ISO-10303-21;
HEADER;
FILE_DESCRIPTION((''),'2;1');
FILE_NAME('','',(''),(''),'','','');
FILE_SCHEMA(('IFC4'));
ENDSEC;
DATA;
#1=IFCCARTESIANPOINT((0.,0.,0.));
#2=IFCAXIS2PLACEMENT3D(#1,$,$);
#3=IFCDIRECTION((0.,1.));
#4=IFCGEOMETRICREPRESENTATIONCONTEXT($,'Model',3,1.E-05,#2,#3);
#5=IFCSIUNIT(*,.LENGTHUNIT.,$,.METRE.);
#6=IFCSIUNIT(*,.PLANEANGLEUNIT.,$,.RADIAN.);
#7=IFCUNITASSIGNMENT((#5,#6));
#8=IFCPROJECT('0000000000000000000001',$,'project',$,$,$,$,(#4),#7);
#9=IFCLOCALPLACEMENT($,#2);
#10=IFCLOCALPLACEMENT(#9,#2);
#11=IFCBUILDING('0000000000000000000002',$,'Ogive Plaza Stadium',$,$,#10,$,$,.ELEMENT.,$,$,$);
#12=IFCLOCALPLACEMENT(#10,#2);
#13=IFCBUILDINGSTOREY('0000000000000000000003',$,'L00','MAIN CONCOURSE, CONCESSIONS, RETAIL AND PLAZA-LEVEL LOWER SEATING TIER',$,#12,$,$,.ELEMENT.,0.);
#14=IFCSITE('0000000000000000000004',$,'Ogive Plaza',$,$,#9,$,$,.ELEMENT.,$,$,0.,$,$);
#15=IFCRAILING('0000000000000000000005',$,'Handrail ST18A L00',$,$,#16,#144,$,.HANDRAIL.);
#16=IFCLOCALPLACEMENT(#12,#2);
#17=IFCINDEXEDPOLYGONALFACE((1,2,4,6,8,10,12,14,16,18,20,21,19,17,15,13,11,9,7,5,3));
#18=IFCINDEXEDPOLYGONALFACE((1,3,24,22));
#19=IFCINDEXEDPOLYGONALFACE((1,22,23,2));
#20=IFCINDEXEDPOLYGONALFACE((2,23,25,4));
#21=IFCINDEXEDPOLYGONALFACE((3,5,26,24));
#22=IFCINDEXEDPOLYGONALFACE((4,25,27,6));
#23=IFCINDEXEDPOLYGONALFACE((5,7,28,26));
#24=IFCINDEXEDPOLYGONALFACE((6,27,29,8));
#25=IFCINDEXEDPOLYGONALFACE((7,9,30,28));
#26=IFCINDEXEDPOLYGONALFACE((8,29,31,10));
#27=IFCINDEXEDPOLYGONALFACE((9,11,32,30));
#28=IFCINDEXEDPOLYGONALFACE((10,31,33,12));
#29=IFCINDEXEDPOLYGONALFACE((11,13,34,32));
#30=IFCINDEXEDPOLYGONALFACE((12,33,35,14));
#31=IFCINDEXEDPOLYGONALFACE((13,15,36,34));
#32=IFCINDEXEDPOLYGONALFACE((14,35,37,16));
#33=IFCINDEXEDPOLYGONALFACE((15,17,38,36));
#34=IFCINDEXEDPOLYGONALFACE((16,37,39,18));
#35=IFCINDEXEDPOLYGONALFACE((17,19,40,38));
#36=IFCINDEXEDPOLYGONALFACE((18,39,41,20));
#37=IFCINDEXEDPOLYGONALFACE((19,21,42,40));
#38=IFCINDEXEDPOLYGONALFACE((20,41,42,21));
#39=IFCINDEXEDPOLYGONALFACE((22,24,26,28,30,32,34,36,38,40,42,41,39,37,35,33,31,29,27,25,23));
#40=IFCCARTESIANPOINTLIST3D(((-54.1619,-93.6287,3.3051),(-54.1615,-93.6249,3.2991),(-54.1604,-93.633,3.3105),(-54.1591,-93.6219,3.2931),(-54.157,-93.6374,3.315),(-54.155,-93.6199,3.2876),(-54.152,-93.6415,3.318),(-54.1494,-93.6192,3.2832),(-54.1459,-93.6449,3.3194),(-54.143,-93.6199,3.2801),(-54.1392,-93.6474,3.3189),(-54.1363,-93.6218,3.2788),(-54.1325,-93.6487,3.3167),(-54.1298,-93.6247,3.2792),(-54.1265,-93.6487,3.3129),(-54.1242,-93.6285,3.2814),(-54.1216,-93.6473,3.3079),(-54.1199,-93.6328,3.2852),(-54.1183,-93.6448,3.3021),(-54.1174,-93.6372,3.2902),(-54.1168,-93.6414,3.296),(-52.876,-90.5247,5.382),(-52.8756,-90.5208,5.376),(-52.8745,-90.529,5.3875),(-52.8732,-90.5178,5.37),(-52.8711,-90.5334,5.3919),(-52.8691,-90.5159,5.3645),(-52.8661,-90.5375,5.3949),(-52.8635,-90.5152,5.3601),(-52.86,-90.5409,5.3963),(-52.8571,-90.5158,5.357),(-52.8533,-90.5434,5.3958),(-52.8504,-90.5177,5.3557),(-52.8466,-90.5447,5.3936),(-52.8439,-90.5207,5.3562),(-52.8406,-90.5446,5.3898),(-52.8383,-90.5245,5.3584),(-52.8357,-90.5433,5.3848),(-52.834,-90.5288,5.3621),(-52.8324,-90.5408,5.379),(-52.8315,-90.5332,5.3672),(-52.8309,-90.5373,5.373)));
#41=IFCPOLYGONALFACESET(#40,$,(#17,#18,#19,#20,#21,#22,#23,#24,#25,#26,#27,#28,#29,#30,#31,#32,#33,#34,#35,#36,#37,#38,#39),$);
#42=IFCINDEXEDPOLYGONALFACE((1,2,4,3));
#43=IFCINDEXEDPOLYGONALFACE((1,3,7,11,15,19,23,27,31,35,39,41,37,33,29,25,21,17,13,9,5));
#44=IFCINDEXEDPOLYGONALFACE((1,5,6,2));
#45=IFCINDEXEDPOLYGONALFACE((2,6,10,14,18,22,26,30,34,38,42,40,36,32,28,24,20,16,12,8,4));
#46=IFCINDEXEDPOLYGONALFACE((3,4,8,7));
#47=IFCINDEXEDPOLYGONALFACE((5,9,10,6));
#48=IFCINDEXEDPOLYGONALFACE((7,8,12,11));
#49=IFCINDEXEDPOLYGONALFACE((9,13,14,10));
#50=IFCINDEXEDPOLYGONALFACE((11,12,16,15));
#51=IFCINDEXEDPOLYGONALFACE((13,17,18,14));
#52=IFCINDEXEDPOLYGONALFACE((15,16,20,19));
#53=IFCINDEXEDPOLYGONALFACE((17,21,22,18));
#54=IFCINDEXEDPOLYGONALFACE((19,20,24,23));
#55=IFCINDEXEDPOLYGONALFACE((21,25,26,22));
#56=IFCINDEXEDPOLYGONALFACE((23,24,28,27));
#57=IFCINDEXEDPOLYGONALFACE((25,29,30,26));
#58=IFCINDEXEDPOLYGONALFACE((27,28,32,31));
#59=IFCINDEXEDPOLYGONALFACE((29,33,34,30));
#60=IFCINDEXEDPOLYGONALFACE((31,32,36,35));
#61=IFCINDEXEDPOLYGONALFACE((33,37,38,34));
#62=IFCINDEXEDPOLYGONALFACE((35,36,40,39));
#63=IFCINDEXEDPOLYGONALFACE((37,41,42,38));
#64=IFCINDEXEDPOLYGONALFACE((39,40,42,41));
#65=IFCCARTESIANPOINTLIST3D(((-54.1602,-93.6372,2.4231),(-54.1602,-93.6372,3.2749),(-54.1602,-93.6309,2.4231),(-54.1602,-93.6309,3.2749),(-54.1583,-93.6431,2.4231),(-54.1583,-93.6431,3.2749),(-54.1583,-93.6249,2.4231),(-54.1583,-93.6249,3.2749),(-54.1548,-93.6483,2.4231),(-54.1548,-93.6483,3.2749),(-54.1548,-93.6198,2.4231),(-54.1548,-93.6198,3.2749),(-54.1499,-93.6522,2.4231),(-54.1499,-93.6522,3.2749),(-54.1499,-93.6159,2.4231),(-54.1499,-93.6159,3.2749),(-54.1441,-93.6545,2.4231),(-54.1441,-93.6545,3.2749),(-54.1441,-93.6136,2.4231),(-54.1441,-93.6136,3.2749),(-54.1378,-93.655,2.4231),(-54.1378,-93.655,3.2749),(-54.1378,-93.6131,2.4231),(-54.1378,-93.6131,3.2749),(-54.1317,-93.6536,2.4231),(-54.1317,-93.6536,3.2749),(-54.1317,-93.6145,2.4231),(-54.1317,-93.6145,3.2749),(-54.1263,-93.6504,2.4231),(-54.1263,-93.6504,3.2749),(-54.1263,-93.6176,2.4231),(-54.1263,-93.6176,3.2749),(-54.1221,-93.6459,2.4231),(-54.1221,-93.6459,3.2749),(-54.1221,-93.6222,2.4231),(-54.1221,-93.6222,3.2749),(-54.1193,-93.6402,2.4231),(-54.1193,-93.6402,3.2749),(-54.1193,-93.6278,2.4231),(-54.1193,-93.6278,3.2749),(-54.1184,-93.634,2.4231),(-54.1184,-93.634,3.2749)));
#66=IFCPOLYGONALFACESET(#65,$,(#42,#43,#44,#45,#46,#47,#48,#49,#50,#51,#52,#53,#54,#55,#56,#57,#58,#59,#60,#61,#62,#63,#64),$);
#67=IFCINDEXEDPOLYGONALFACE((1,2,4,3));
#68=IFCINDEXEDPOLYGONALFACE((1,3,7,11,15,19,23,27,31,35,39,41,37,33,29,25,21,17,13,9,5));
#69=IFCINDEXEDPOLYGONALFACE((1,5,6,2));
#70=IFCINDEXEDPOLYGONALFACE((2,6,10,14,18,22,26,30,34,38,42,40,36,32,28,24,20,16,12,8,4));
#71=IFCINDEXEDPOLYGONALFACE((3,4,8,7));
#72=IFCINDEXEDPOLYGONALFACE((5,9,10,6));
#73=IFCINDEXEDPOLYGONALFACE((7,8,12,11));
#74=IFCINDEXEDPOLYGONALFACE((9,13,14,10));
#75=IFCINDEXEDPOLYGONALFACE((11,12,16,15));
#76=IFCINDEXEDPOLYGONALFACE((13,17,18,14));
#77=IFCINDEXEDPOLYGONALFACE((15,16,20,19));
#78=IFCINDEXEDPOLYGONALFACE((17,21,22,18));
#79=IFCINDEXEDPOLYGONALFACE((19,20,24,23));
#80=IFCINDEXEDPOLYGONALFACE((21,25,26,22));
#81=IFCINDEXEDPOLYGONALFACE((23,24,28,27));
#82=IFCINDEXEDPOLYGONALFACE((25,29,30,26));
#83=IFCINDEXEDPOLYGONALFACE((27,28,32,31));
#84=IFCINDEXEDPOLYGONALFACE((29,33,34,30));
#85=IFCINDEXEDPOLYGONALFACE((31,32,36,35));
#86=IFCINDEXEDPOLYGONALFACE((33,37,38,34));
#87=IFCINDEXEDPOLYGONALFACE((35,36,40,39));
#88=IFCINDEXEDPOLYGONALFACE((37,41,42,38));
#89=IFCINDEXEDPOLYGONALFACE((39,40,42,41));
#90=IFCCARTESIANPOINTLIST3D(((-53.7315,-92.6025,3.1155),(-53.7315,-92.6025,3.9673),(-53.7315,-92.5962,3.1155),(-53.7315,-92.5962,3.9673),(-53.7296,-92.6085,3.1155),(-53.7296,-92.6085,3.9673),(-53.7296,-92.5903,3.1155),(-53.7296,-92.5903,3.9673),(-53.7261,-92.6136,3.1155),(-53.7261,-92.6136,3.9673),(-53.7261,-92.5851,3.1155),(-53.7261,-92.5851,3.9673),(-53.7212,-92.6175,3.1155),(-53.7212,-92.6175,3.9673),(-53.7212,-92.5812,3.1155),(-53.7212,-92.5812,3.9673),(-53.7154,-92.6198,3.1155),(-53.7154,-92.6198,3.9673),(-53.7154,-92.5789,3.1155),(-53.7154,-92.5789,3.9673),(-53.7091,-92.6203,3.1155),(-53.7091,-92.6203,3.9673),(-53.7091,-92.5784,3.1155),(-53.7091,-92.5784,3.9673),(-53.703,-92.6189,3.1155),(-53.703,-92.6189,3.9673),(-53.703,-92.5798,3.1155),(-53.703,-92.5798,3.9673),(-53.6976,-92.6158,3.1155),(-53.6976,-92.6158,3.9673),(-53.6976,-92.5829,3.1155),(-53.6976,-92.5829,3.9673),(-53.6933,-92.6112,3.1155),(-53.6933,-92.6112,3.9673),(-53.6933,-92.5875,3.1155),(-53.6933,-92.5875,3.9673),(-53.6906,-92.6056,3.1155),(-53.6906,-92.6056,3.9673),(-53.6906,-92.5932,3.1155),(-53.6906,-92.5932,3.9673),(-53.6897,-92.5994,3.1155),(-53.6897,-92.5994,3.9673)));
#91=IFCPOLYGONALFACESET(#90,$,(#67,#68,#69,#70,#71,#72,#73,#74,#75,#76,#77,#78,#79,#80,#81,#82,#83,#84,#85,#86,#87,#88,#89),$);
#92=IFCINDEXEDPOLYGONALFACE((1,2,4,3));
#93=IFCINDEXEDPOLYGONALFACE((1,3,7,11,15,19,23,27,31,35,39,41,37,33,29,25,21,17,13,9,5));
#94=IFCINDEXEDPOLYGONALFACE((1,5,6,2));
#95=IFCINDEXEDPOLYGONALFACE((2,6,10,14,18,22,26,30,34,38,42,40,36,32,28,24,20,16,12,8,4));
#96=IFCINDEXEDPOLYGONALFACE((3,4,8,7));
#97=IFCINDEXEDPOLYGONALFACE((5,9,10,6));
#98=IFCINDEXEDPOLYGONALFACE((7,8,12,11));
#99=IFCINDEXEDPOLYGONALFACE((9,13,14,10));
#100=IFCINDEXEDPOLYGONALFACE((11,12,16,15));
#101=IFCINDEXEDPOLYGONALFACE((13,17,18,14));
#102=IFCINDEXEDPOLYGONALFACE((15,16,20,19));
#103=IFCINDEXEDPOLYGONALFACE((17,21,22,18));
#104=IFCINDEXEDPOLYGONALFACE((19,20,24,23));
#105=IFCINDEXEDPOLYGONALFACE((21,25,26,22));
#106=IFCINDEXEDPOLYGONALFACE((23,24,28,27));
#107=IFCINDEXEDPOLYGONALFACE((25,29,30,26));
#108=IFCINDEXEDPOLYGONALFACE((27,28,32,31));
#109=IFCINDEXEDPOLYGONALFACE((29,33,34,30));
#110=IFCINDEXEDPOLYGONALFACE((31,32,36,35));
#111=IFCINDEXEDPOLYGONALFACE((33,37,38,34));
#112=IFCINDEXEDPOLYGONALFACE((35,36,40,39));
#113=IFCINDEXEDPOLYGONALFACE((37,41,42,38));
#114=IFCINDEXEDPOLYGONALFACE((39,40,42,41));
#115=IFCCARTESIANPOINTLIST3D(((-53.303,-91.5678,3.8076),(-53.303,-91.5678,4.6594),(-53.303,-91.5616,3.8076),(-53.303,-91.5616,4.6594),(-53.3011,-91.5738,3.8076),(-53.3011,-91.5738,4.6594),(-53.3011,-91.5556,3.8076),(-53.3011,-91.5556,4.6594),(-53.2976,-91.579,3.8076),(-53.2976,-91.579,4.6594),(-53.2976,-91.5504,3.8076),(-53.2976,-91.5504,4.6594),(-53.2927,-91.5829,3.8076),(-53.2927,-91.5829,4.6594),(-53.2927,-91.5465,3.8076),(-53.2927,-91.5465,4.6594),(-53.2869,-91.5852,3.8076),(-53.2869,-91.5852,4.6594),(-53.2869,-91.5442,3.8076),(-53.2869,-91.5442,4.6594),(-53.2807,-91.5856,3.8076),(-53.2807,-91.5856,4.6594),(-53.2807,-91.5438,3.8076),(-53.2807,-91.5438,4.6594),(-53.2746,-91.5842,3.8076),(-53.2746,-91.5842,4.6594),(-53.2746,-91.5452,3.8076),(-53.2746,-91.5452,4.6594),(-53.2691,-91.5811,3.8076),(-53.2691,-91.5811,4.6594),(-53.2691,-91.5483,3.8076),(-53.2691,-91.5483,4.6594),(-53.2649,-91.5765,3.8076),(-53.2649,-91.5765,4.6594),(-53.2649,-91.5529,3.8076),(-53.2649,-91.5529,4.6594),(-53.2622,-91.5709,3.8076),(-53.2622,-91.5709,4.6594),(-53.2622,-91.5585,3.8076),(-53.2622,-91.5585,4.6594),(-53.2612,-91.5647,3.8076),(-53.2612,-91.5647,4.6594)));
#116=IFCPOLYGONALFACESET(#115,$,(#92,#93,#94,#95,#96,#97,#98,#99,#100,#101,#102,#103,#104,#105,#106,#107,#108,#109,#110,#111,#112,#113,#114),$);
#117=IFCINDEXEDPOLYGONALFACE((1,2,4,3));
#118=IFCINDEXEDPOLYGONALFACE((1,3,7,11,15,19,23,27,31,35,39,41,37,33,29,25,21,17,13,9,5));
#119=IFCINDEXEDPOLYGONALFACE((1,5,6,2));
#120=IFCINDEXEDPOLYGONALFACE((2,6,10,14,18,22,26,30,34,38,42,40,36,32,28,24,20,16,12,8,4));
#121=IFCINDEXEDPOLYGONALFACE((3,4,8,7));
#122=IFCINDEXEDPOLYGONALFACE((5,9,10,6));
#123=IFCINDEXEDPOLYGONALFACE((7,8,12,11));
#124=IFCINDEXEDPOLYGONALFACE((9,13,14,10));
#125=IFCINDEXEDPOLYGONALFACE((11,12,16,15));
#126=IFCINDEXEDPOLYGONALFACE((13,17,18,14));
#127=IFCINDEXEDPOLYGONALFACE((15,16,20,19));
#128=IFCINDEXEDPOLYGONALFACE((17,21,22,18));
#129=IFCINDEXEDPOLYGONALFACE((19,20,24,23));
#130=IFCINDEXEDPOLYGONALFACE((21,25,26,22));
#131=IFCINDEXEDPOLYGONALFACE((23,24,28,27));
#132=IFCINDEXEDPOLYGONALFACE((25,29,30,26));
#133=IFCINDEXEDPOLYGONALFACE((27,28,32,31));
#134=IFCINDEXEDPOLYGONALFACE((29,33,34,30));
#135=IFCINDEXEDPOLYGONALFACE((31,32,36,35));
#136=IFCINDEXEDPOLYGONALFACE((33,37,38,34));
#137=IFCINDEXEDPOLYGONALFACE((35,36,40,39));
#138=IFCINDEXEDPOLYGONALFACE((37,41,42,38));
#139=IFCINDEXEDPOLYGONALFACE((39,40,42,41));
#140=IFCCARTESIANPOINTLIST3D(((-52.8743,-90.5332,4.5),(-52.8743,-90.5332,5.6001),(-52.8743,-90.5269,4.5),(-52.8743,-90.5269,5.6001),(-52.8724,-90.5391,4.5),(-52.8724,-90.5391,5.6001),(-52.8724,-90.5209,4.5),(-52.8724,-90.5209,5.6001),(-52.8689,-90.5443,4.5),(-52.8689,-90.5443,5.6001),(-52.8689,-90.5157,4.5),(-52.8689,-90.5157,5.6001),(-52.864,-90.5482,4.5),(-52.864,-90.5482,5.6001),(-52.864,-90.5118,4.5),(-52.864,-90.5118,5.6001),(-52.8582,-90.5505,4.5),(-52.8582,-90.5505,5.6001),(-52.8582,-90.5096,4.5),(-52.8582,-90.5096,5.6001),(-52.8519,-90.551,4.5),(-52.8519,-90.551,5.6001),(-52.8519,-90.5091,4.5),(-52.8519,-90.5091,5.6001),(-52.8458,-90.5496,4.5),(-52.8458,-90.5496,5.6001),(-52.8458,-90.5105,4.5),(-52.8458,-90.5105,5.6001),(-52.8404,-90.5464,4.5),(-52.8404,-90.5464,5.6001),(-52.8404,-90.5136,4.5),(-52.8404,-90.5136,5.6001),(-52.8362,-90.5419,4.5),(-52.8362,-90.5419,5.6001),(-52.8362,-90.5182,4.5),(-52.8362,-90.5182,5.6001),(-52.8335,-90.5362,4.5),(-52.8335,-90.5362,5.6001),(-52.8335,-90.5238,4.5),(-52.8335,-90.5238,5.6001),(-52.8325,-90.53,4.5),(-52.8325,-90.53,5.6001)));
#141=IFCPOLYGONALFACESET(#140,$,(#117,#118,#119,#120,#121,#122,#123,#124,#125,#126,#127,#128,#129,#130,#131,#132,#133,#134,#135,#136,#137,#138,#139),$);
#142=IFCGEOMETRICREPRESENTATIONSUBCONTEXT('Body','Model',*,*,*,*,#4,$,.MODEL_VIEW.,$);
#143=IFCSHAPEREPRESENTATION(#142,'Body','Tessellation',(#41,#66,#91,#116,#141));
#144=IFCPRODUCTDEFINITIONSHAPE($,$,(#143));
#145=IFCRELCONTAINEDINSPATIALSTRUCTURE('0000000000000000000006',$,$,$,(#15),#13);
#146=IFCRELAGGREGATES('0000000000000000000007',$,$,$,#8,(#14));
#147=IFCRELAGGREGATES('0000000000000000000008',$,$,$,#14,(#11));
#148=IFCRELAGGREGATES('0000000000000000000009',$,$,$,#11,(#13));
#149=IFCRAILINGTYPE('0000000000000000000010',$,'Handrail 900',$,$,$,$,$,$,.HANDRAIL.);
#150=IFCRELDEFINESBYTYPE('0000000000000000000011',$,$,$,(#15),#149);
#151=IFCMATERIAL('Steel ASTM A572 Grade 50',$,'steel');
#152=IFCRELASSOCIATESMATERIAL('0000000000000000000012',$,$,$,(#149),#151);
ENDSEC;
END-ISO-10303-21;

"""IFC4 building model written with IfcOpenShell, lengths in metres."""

from ifc_helpers import new_model, si_unit, direction, frame, origin, origin_2d, place, context, subcontext, project, spatial, circle, extrude, material, type_object, element, save


model = new_model("IFC4")

# Units and contexts
model_context = context("Model", 3, precision=1e-05, world=origin(), true_north=direction((0.0, 1.0)))
body_context = subcontext(model_context, "Body", "Model", "MODEL_VIEW")
ifc_project = project(units=[si_unit("LENGTHUNIT", "METRE"), si_unit("PLANEANGLEUNIT", "RADIAN")], contexts=[model_context])

# Site, building, storey
site_placement = place(None, origin())
site = spatial("IfcSite", under=ifc_project, at=site_placement, Name="Ogive Plaza", CompositionType="ELEMENT", RefElevation=0.0)
building_placement = place(site_placement, origin())
building = spatial("IfcBuilding", under=site, at=building_placement, Name="Ogive Plaza Stadium", CompositionType="ELEMENT")
storey_placement = place(building_placement, origin())
storey = spatial("IfcBuildingStorey", under=building, at=storey_placement, Name="L00", Description="MAIN CONCOURSE, CONCESSIONS, RETAIL AND PLAZA-LEVEL LOWER SEATING TIER", CompositionType="ELEMENT", Elevation=0.0)

# Railing
ifc_material_1 = material(Name="Steel ASTM A572 Grade 50", Category="steel")
railing_type_1 = type_object("IfcRailingType", Name="Handrail 900", PredefinedType="HANDRAIL", material=ifc_material_1)
railing_1_placement = place(storey_placement, frame((-54.1394, -93.634, 2.4231)))
element("IfcRailing", 1, at=railing_1_placement, inside=storey, type_object=railing_type_1, Name="Handrail ST18A L00", PredefinedType="HANDRAIL", context=body_context, shape_type="SweptSolid", body=[
    extrude(circle(Radius=0.0239, at=origin_2d()), frame((0.0, 0.0, 0.876), z_axis=(0.325548, 0.785839, 0.525809), x_axis=(-0.923862, 0.382726, 0.0)), (0.0, 0.0, 1.0), 3.95),
    extrude(circle(Radius=0.021, at=origin_2d()), origin(), (0.0, 0.0, 1.0), 0.8518),
    extrude(circle(Radius=0.021, at=origin_2d()), frame((0.4287, 1.0347, 0.6924)), (0.0, 0.0, 1.0), 0.8518),
    extrude(circle(Radius=0.021, at=origin_2d()), frame((0.8572, 2.0693, 1.3845)), (0.0, 0.0, 1.0), 0.8518),
    extrude(circle(Radius=0.021, at=origin_2d()), frame((1.2859, 3.104, 2.0769)), (0.0, 0.0, 1.0), 1.1001),
])

save(model, "model.ifc")
